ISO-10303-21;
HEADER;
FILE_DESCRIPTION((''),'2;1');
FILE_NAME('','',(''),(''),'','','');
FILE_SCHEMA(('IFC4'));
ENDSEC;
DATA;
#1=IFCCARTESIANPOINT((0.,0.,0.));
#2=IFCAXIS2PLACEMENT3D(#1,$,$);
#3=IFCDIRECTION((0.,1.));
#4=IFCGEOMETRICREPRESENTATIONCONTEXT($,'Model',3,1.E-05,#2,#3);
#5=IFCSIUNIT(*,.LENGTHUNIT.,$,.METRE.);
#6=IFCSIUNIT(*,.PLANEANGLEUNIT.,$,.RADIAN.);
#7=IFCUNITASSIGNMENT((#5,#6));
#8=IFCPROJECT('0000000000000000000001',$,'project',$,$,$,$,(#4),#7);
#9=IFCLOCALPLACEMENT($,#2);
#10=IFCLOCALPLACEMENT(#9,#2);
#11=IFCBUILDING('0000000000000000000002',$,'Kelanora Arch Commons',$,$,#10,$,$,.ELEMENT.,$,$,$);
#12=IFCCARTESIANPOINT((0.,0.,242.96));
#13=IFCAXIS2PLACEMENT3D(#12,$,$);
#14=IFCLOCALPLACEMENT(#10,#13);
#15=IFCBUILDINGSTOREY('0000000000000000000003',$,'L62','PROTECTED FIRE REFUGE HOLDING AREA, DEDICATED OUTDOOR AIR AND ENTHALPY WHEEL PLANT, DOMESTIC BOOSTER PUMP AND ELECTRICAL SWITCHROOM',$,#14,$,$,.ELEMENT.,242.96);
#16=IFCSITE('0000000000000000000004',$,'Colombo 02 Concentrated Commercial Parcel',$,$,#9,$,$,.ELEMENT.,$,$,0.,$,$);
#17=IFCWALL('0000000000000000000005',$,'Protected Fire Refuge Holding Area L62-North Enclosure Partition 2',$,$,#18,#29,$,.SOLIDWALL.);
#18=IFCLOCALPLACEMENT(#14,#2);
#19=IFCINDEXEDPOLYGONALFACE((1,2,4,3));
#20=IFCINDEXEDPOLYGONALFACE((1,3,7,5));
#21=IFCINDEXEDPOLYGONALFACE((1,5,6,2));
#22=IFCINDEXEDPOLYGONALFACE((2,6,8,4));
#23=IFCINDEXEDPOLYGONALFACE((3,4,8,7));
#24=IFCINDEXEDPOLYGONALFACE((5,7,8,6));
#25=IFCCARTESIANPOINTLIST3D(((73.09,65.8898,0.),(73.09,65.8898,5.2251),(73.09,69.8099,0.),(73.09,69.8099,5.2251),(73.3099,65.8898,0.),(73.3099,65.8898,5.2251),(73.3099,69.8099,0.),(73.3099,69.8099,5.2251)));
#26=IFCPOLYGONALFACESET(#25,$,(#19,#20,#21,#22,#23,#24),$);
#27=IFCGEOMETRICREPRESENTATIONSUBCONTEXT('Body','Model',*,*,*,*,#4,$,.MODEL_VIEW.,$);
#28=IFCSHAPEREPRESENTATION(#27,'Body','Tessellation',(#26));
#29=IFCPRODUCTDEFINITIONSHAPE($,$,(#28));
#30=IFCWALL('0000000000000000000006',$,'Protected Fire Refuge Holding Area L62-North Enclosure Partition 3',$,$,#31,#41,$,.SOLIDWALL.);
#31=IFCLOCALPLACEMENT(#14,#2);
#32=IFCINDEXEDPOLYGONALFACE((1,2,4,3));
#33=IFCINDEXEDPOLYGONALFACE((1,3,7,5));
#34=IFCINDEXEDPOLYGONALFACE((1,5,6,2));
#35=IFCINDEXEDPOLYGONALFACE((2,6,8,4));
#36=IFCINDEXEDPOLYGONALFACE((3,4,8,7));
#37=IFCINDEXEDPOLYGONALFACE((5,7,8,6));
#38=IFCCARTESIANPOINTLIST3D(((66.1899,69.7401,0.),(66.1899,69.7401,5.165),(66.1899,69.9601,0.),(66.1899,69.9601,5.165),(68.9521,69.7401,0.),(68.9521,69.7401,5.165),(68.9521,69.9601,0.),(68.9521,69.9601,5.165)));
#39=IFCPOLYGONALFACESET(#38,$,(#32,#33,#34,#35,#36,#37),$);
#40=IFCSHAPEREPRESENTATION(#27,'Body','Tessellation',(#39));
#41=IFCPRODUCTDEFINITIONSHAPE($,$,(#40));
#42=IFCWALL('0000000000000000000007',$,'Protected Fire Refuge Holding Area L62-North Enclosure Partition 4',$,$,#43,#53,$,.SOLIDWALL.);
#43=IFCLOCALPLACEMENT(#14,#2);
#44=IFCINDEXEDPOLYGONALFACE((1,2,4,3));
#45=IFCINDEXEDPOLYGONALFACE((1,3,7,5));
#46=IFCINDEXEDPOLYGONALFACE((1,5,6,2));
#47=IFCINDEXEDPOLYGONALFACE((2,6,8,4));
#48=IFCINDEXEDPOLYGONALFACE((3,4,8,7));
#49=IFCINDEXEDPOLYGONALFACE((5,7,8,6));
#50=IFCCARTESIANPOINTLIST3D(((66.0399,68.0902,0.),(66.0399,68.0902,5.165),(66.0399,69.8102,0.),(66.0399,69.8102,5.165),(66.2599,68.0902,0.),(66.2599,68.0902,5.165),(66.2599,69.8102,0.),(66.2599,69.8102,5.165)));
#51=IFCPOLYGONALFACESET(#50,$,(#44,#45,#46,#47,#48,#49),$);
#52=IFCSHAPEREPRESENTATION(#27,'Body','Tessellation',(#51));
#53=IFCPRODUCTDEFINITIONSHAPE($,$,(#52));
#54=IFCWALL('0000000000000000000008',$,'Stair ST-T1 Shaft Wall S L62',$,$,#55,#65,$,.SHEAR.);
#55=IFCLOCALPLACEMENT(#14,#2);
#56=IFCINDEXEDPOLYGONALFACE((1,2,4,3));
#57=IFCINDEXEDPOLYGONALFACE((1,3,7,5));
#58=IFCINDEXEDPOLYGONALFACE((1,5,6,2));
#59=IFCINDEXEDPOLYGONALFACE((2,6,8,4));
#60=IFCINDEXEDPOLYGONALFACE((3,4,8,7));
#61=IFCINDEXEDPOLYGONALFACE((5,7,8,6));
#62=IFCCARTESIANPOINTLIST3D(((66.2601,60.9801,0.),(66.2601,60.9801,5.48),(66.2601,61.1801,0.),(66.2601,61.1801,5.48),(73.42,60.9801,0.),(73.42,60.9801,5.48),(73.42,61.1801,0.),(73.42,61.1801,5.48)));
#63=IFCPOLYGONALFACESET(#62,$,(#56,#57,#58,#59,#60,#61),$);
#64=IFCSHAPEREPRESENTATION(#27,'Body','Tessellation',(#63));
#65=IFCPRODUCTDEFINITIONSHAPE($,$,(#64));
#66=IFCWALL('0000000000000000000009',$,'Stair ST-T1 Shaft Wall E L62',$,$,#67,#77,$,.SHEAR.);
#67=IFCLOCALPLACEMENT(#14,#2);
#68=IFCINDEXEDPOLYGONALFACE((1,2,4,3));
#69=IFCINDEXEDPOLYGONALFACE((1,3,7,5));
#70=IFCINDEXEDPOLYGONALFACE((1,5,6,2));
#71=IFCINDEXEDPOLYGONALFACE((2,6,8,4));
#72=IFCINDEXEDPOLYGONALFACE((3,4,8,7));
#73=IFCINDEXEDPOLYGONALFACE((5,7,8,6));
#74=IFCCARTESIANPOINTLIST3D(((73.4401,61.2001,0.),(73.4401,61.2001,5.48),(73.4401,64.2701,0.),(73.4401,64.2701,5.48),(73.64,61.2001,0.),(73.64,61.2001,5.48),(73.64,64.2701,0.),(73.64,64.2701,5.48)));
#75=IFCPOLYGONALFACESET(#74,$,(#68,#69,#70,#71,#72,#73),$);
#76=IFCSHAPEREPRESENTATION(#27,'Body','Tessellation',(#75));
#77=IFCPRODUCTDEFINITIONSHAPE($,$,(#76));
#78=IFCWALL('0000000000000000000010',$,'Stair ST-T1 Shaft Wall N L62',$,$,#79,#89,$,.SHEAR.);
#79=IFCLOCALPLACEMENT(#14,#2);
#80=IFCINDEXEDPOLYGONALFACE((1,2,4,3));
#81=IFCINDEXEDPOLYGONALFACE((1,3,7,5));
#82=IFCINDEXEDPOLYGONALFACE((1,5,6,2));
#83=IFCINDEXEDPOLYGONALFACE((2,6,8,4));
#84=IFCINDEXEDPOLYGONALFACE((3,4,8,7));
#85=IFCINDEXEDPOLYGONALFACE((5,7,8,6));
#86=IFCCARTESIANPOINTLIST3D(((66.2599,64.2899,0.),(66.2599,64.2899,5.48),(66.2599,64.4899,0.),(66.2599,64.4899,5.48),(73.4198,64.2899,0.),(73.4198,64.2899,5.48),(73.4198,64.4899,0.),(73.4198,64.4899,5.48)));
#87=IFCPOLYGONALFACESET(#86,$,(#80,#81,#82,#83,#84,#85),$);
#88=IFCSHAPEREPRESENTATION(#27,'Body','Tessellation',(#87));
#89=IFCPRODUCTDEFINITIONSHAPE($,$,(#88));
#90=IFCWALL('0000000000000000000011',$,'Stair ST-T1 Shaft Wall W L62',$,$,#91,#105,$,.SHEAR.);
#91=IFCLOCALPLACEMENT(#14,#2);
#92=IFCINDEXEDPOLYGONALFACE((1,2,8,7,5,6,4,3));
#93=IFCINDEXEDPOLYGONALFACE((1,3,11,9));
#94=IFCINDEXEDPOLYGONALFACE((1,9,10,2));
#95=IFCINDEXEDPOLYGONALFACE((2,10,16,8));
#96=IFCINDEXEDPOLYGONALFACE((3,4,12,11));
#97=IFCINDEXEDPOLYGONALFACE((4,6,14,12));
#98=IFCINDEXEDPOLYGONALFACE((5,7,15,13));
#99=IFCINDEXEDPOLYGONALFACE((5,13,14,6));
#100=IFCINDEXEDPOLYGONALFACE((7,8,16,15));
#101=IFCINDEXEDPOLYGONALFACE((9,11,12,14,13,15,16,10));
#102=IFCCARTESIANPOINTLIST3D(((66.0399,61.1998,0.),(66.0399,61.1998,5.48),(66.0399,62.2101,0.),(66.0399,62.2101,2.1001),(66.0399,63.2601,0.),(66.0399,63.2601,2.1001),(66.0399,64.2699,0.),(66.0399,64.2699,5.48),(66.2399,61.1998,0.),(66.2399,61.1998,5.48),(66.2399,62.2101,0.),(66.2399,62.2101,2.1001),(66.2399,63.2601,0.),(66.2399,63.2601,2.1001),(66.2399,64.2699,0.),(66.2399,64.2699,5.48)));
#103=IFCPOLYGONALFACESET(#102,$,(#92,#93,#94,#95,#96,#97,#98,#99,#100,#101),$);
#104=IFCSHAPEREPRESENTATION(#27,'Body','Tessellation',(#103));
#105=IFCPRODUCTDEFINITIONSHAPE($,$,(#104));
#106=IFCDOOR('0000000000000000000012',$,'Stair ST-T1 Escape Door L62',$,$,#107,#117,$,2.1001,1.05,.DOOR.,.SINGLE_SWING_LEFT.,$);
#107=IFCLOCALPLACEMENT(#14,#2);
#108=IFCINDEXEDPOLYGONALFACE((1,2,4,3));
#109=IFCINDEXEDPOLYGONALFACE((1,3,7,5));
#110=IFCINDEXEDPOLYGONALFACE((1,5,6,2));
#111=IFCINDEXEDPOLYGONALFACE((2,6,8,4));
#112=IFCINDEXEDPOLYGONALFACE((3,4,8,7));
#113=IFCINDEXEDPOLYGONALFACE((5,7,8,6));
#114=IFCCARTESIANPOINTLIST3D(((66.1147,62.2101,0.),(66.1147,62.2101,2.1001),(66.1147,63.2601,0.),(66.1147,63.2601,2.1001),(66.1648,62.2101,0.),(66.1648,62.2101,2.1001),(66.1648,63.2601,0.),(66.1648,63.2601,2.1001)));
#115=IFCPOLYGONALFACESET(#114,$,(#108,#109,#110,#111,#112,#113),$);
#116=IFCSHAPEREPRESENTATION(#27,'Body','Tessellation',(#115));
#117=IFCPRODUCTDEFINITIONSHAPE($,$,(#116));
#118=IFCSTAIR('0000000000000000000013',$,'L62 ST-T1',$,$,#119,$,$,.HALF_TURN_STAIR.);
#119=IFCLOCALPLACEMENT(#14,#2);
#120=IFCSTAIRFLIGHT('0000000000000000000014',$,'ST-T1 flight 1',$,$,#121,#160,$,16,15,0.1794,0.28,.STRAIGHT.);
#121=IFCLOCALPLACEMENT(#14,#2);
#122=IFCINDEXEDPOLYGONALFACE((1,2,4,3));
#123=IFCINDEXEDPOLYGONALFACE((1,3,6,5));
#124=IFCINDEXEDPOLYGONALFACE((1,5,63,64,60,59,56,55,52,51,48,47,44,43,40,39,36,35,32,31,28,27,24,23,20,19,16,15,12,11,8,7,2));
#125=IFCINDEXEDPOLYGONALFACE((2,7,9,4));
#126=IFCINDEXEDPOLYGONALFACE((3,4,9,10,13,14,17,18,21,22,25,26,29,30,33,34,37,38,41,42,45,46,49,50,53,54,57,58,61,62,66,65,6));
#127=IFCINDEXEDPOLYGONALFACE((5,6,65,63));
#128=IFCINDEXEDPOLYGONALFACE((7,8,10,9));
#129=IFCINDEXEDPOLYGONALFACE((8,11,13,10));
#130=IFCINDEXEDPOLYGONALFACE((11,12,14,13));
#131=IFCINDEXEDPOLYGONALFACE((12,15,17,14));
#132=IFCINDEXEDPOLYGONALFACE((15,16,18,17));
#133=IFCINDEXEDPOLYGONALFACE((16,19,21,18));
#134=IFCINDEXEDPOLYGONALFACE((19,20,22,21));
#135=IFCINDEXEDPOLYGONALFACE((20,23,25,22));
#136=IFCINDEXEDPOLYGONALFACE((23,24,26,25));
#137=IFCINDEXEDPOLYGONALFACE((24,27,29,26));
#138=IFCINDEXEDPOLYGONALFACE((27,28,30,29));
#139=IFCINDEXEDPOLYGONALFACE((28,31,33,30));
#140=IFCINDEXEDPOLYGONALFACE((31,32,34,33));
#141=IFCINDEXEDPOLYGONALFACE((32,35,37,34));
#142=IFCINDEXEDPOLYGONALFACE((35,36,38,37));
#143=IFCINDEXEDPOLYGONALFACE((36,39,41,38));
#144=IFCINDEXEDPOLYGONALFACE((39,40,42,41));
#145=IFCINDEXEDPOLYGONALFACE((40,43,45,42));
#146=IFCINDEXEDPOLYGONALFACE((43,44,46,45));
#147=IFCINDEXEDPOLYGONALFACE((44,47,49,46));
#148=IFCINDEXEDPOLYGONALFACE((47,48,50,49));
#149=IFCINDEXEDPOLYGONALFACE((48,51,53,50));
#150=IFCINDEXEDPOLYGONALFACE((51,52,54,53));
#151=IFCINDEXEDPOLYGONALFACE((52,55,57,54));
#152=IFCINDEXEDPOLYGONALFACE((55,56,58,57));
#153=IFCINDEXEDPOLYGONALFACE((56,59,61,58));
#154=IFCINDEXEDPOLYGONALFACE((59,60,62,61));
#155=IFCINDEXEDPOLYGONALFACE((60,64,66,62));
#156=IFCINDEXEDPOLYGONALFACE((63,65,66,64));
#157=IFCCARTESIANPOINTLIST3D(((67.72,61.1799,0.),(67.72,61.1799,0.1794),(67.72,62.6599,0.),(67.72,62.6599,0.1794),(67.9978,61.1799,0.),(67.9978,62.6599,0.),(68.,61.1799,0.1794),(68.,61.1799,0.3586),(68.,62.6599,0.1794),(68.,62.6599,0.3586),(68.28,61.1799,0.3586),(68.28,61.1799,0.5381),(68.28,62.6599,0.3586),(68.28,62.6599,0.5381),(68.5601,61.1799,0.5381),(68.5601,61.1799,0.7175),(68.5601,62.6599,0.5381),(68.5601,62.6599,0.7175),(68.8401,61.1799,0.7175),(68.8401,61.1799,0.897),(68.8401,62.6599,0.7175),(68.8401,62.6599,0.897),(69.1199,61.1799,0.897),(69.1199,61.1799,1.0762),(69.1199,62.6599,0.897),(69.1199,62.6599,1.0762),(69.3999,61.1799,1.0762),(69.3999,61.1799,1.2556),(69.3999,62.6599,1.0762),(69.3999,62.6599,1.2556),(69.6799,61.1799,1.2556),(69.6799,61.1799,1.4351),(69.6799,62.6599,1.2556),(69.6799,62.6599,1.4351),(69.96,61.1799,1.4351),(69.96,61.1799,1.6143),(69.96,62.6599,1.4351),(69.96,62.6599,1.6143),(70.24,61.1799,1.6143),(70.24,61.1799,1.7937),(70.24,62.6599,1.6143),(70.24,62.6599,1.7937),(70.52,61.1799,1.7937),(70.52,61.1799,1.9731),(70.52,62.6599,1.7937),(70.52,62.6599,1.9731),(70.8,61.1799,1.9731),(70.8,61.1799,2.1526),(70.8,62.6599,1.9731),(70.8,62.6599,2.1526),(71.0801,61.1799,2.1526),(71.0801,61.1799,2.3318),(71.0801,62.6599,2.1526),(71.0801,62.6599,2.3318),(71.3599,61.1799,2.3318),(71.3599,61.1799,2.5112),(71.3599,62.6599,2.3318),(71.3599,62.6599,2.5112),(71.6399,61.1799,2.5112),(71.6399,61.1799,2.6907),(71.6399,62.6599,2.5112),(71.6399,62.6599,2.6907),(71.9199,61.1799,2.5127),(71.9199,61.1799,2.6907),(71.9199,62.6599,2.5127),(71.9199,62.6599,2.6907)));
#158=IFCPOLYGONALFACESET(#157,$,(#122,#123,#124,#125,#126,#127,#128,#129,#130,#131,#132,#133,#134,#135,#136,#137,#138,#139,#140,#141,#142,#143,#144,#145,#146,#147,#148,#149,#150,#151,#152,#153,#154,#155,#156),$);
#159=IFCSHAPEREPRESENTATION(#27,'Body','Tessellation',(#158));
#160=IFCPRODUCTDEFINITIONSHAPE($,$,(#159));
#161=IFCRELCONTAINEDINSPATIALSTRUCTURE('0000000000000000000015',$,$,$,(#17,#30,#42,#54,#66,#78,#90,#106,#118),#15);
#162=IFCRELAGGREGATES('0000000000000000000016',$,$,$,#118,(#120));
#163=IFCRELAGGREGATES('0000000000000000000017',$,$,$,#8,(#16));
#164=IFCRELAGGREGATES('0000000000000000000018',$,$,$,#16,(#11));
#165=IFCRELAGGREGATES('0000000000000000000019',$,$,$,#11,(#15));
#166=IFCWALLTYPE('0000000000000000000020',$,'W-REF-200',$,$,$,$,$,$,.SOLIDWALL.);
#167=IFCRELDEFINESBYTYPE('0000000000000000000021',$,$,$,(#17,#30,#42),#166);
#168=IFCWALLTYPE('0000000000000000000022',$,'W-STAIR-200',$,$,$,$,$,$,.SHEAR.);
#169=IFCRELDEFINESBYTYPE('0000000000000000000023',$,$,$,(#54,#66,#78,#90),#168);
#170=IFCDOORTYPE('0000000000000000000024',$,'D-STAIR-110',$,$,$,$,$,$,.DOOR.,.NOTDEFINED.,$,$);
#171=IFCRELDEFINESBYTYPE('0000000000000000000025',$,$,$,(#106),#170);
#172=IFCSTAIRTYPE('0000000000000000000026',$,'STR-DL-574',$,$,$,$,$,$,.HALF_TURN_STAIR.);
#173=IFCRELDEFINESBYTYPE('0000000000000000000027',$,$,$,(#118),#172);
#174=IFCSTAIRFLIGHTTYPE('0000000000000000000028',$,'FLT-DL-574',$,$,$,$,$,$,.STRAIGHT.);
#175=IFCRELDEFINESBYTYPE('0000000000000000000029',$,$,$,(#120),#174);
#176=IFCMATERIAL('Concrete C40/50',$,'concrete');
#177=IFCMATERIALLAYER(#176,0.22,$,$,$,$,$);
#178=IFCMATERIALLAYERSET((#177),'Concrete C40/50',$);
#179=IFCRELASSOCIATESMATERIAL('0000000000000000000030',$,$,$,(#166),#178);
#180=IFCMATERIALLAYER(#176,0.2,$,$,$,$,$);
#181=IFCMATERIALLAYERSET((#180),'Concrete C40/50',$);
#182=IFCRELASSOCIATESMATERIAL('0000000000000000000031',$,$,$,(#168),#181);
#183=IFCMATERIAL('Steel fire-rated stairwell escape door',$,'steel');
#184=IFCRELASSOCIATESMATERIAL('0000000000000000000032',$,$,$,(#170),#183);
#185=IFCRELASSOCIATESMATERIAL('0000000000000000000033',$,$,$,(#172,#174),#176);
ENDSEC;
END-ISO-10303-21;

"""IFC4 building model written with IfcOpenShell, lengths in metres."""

from ifc_helpers import new_model, si_unit, direction, frame, frame_2d, origin, place, context, subcontext, project, spatial, polyline, rectangle, outline, extrude, material, layer, layer_set, type_object, element, fill, aggregate, save


model = new_model("IFC4")

# Units and contexts
model_context = context("Model", 3, precision=1e-05, world=origin(), true_north=direction((0.0, 1.0)))
body_context = subcontext(model_context, "Body", "Model", "MODEL_VIEW")
ifc_project = project(units=[si_unit("LENGTHUNIT", "METRE"), si_unit("PLANEANGLEUNIT", "RADIAN")], contexts=[model_context])

# Site, building, storey
site_placement = place(None, origin())
site = spatial("IfcSite", under=ifc_project, at=site_placement, Name="Colombo 02 Concentrated Commercial Parcel", CompositionType="ELEMENT", RefElevation=0.0)
building_placement = place(site_placement, origin())
building = spatial("IfcBuilding", under=site, at=building_placement, Name="Kelanora Arch Commons", CompositionType="ELEMENT")
storey_placement = place(building_placement, frame((0.0, 0.0, 242.96)))
storey = spatial("IfcBuildingStorey", under=building, at=storey_placement, Name="L62", Description="PROTECTED FIRE REFUGE HOLDING AREA, DEDICATED OUTDOOR AIR AND ENTHALPY WHEEL PLANT, DOMESTIC BOOSTER PUMP AND ELECTRICAL SWITCHROOM", CompositionType="ELEMENT", Elevation=242.96)

# Shared definitions
ifc_material_1 = material(Name="Concrete C40/50", Category="concrete")
ifc_layer_1 = layer(ifc_material_1, 0.22)
ifc_layer_set_1 = layer_set([ifc_layer_1], Name="Concrete C40/50")
wall_type_1 = type_object("IfcWallType", Name="W-REF-200", PredefinedType="SOLIDWALL", material=ifc_layer_set_1)

# Walls
wall_1_placement = place(storey_placement, frame((73.2, 65.8899, 0.0), z_axis=(0.0, 0.0, 1.0), x_axis=(0.0, 1.0, 0.0)))
element("IfcWall", 1, at=wall_1_placement, inside=storey, type_object=wall_type_1, Name="Protected Fire Refuge Holding Area L62-North Enclosure Partition 2", PredefinedType="SOLIDWALL", context=body_context, shape_type="SweptSolid", body=[
    extrude(rectangle(XDim=3.9202, YDim=0.22, at=frame_2d((1.96, 0.0))), origin(), (0.0, 0.0, 1.0), 5.2251),
])
wall_2_placement = place(storey_placement, frame((68.9521, 69.8501, 0.0), z_axis=(0.0, 0.0, 1.0), x_axis=(-1.0, 0.0, 0.0)))
element("IfcWall", 2, at=wall_2_placement, inside=storey, type_object=wall_type_1, Name="Protected Fire Refuge Holding Area L62-North Enclosure Partition 3", PredefinedType="SOLIDWALL", context=body_context, shape_type="SweptSolid", body=[
    extrude(rectangle(XDim=2.7622, YDim=0.22, at=frame_2d((1.3811, 0.0))), origin(), (0.0, 0.0, 1.0), 5.165),
])
wall_3_placement = place(storey_placement, frame((66.1499, 69.8101, 0.0), z_axis=(0.0, 0.0, 1.0), x_axis=(0.0, -1.0, 0.0)))
element("IfcWall", 3, at=wall_3_placement, inside=storey, type_object=wall_type_1, Name="Protected Fire Refuge Holding Area L62-North Enclosure Partition 4", PredefinedType="SOLIDWALL", context=body_context, shape_type="SweptSolid", body=[
    extrude(rectangle(XDim=1.72, YDim=0.22, at=frame_2d((0.8599, 0.0))), origin(), (0.0, 0.0, 1.0), 5.165),
])
ifc_layer_2 = layer(ifc_material_1, 0.2)
ifc_layer_set_2 = layer_set([ifc_layer_2], Name="Concrete C40/50")
wall_type_2 = type_object("IfcWallType", Name="W-STAIR-200", PredefinedType="SHEAR", material=ifc_layer_set_2)
wall_4_placement = place(storey_placement, frame((66.26, 61.0801, 0.0), z_axis=(0.0, 0.0, 1.0), x_axis=(1.0, 0.0, 0.0)))
element("IfcWall", 4, at=wall_4_placement, inside=storey, type_object=wall_type_2, Name="Stair ST-T1 Shaft Wall S L62", PredefinedType="SHEAR", context=body_context, shape_type="SweptSolid", body=[
    extrude(rectangle(XDim=7.1599, YDim=0.2, at=frame_2d((3.5801, 0.0))), origin(), (0.0, 0.0, 1.0), 5.48),
])
wall_5_placement = place(storey_placement, frame((73.54, 61.2, 0.0), z_axis=(0.0, 0.0, 1.0), x_axis=(0.0, 1.0, 0.0)))
element("IfcWall", 5, at=wall_5_placement, inside=storey, type_object=wall_type_2, Name="Stair ST-T1 Shaft Wall E L62", PredefinedType="SHEAR", context=body_context, shape_type="SweptSolid", body=[
    extrude(rectangle(XDim=3.0701, YDim=0.2, at=frame_2d((1.5352, 0.0))), origin(), (0.0, 0.0, 1.0), 5.48),
])
wall_6_placement = place(storey_placement, frame((73.4199, 64.3899, 0.0), z_axis=(0.0, 0.0, 1.0), x_axis=(-1.0, 0.0, 0.0)))
element("IfcWall", 6, at=wall_6_placement, inside=storey, type_object=wall_type_2, Name="Stair ST-T1 Shaft Wall N L62", PredefinedType="SHEAR", context=body_context, shape_type="SweptSolid", body=[
    extrude(rectangle(XDim=7.1599, YDim=0.2, at=frame_2d((3.5801, 0.0))), origin(), (0.0, 0.0, 1.0), 5.48),
])

# Wall, opening, door
wall_7_placement = place(storey_placement, frame((66.1399, 64.27, 0.0), z_axis=(0.0, 0.0, 1.0), x_axis=(0.0, -1.0, 0.0)))
wall_7 = element("IfcWall", 7, at=wall_7_placement, inside=storey, type_object=wall_type_2, Name="Stair ST-T1 Shaft Wall W L62", PredefinedType="SHEAR", context=body_context, shape_type="SweptSolid", body=[
    extrude(rectangle(XDim=3.0701, YDim=0.2, at=frame_2d((1.5352, 0.0))), origin(), (0.0, 0.0, 1.0), 5.48),
])
opening_1_placement = place(wall_7_placement, frame((1.01, 0.0, 0.0)))
opening_1 = element("IfcOpeningElement", 8, at=opening_1_placement, cuts=wall_7, PredefinedType="OPENING", context=body_context, shape_type="SweptSolid", body=[
    extrude(rectangle(XDim=1.05, YDim=2.1001, at=frame_2d((0.5249, 1.05))), frame((0.0, 0.1099, 0.0), z_axis=(0.0, -1.0, 0.0), x_axis=(1.0, 0.0, 0.0)), (0.0, 0.0, 1.0), 0.22),
])
ifc_material_2 = material(Name="Steel fire-rated stairwell escape door", Category="steel")
door_type_1 = type_object("IfcDoorType", Name="D-STAIR-110", OperationType="NOTDEFINED", PredefinedType="DOOR", material=ifc_material_2)
door_1_placement = place(opening_1_placement, origin())
door_1 = element("IfcDoor", 9, at=door_1_placement, inside=storey, type_object=door_type_1, Name="Stair ST-T1 Escape Door L62", OperationType="SINGLE_SWING_LEFT", OverallHeight=2.1001, OverallWidth=1.05, PredefinedType="DOOR", context=body_context, shape_type="SweptSolid", body=[
    extrude(rectangle(XDim=1.05, YDim=2.1001, at=frame_2d((0.5249, 1.05))), frame((0.0, 0.0249, 0.0), z_axis=(0.0, -1.0, 0.0), x_axis=(1.0, 0.0, 0.0)), (0.0, 0.0, 1.0), 0.05),
])
fill(opening_1, door_1)

# Stair, stair flight
stair_type = type_object("IfcStairType", Name="STR-DL-574", PredefinedType="HALF_TURN_STAIR", material=ifc_material_1)
stair_placement = place(storey_placement, origin())
stair = element("IfcStair", 10, at=stair_placement, inside=storey, type_object=stair_type, Name="L62 ST-T1", PredefinedType="HALF_TURN_STAIR")
stair_flight_type = type_object("IfcStairFlightType", Name="FLT-DL-574", PredefinedType="STRAIGHT", material=ifc_material_1)
stair_flight_1_placement = place(storey_placement, frame((67.72, 61.9199, 0.0), z_axis=(0.0, 0.0, 1.0), x_axis=(1.0, 0.0, 0.0)))
stair_flight_1 = element("IfcStairFlight", 11, at=stair_flight_1_placement, type_object=stair_flight_type, Name="ST-T1 flight 1", NumberOfRisers=16, NumberOfTreads=15, PredefinedType="STRAIGHT", RiserHeight=0.1794, TreadLength=0.28, context=body_context, shape_type="SweptSolid", body=[
    extrude(outline(polyline([(0.0, 0.0), (0.0, 0.1794), (0.28, 0.1794), (0.28, 0.3586), (0.5601, 0.3586), (0.5601, 0.5381), (0.8401, 0.5381), (0.8401, 0.7175), (1.1201, 0.7175), (1.1201, 0.897), (1.3999, 0.897), (1.3999, 1.0762), (1.6799, 1.0762), (1.6799, 1.2556), (1.96, 1.2556), (1.96, 1.4351), (2.24, 1.4351), (2.24, 1.6143), (2.52, 1.6143), (2.52, 1.7937), (2.8, 1.7937), (2.8, 1.9731), (3.0801, 1.9731), (3.0801, 2.1526), (3.3601, 2.1526), (3.3601, 2.3318), (3.6399, 2.3318), (3.6399, 2.5112), (3.9199, 2.5112), (3.9199, 2.6907), (4.2, 2.6907), (4.2, 2.8701), (4.2, 2.5127), (0.2778, 0.0), (0.0, 0.0)])), frame((0.0, 0.74, 0.0), z_axis=(0.0, -1.0, 0.0), x_axis=(1.0, 0.0, 0.0)), (0.0, 0.0, 1.0), 1.48),
])
aggregate(stair, [stair_flight_1])

save(model, "model.ifc")
